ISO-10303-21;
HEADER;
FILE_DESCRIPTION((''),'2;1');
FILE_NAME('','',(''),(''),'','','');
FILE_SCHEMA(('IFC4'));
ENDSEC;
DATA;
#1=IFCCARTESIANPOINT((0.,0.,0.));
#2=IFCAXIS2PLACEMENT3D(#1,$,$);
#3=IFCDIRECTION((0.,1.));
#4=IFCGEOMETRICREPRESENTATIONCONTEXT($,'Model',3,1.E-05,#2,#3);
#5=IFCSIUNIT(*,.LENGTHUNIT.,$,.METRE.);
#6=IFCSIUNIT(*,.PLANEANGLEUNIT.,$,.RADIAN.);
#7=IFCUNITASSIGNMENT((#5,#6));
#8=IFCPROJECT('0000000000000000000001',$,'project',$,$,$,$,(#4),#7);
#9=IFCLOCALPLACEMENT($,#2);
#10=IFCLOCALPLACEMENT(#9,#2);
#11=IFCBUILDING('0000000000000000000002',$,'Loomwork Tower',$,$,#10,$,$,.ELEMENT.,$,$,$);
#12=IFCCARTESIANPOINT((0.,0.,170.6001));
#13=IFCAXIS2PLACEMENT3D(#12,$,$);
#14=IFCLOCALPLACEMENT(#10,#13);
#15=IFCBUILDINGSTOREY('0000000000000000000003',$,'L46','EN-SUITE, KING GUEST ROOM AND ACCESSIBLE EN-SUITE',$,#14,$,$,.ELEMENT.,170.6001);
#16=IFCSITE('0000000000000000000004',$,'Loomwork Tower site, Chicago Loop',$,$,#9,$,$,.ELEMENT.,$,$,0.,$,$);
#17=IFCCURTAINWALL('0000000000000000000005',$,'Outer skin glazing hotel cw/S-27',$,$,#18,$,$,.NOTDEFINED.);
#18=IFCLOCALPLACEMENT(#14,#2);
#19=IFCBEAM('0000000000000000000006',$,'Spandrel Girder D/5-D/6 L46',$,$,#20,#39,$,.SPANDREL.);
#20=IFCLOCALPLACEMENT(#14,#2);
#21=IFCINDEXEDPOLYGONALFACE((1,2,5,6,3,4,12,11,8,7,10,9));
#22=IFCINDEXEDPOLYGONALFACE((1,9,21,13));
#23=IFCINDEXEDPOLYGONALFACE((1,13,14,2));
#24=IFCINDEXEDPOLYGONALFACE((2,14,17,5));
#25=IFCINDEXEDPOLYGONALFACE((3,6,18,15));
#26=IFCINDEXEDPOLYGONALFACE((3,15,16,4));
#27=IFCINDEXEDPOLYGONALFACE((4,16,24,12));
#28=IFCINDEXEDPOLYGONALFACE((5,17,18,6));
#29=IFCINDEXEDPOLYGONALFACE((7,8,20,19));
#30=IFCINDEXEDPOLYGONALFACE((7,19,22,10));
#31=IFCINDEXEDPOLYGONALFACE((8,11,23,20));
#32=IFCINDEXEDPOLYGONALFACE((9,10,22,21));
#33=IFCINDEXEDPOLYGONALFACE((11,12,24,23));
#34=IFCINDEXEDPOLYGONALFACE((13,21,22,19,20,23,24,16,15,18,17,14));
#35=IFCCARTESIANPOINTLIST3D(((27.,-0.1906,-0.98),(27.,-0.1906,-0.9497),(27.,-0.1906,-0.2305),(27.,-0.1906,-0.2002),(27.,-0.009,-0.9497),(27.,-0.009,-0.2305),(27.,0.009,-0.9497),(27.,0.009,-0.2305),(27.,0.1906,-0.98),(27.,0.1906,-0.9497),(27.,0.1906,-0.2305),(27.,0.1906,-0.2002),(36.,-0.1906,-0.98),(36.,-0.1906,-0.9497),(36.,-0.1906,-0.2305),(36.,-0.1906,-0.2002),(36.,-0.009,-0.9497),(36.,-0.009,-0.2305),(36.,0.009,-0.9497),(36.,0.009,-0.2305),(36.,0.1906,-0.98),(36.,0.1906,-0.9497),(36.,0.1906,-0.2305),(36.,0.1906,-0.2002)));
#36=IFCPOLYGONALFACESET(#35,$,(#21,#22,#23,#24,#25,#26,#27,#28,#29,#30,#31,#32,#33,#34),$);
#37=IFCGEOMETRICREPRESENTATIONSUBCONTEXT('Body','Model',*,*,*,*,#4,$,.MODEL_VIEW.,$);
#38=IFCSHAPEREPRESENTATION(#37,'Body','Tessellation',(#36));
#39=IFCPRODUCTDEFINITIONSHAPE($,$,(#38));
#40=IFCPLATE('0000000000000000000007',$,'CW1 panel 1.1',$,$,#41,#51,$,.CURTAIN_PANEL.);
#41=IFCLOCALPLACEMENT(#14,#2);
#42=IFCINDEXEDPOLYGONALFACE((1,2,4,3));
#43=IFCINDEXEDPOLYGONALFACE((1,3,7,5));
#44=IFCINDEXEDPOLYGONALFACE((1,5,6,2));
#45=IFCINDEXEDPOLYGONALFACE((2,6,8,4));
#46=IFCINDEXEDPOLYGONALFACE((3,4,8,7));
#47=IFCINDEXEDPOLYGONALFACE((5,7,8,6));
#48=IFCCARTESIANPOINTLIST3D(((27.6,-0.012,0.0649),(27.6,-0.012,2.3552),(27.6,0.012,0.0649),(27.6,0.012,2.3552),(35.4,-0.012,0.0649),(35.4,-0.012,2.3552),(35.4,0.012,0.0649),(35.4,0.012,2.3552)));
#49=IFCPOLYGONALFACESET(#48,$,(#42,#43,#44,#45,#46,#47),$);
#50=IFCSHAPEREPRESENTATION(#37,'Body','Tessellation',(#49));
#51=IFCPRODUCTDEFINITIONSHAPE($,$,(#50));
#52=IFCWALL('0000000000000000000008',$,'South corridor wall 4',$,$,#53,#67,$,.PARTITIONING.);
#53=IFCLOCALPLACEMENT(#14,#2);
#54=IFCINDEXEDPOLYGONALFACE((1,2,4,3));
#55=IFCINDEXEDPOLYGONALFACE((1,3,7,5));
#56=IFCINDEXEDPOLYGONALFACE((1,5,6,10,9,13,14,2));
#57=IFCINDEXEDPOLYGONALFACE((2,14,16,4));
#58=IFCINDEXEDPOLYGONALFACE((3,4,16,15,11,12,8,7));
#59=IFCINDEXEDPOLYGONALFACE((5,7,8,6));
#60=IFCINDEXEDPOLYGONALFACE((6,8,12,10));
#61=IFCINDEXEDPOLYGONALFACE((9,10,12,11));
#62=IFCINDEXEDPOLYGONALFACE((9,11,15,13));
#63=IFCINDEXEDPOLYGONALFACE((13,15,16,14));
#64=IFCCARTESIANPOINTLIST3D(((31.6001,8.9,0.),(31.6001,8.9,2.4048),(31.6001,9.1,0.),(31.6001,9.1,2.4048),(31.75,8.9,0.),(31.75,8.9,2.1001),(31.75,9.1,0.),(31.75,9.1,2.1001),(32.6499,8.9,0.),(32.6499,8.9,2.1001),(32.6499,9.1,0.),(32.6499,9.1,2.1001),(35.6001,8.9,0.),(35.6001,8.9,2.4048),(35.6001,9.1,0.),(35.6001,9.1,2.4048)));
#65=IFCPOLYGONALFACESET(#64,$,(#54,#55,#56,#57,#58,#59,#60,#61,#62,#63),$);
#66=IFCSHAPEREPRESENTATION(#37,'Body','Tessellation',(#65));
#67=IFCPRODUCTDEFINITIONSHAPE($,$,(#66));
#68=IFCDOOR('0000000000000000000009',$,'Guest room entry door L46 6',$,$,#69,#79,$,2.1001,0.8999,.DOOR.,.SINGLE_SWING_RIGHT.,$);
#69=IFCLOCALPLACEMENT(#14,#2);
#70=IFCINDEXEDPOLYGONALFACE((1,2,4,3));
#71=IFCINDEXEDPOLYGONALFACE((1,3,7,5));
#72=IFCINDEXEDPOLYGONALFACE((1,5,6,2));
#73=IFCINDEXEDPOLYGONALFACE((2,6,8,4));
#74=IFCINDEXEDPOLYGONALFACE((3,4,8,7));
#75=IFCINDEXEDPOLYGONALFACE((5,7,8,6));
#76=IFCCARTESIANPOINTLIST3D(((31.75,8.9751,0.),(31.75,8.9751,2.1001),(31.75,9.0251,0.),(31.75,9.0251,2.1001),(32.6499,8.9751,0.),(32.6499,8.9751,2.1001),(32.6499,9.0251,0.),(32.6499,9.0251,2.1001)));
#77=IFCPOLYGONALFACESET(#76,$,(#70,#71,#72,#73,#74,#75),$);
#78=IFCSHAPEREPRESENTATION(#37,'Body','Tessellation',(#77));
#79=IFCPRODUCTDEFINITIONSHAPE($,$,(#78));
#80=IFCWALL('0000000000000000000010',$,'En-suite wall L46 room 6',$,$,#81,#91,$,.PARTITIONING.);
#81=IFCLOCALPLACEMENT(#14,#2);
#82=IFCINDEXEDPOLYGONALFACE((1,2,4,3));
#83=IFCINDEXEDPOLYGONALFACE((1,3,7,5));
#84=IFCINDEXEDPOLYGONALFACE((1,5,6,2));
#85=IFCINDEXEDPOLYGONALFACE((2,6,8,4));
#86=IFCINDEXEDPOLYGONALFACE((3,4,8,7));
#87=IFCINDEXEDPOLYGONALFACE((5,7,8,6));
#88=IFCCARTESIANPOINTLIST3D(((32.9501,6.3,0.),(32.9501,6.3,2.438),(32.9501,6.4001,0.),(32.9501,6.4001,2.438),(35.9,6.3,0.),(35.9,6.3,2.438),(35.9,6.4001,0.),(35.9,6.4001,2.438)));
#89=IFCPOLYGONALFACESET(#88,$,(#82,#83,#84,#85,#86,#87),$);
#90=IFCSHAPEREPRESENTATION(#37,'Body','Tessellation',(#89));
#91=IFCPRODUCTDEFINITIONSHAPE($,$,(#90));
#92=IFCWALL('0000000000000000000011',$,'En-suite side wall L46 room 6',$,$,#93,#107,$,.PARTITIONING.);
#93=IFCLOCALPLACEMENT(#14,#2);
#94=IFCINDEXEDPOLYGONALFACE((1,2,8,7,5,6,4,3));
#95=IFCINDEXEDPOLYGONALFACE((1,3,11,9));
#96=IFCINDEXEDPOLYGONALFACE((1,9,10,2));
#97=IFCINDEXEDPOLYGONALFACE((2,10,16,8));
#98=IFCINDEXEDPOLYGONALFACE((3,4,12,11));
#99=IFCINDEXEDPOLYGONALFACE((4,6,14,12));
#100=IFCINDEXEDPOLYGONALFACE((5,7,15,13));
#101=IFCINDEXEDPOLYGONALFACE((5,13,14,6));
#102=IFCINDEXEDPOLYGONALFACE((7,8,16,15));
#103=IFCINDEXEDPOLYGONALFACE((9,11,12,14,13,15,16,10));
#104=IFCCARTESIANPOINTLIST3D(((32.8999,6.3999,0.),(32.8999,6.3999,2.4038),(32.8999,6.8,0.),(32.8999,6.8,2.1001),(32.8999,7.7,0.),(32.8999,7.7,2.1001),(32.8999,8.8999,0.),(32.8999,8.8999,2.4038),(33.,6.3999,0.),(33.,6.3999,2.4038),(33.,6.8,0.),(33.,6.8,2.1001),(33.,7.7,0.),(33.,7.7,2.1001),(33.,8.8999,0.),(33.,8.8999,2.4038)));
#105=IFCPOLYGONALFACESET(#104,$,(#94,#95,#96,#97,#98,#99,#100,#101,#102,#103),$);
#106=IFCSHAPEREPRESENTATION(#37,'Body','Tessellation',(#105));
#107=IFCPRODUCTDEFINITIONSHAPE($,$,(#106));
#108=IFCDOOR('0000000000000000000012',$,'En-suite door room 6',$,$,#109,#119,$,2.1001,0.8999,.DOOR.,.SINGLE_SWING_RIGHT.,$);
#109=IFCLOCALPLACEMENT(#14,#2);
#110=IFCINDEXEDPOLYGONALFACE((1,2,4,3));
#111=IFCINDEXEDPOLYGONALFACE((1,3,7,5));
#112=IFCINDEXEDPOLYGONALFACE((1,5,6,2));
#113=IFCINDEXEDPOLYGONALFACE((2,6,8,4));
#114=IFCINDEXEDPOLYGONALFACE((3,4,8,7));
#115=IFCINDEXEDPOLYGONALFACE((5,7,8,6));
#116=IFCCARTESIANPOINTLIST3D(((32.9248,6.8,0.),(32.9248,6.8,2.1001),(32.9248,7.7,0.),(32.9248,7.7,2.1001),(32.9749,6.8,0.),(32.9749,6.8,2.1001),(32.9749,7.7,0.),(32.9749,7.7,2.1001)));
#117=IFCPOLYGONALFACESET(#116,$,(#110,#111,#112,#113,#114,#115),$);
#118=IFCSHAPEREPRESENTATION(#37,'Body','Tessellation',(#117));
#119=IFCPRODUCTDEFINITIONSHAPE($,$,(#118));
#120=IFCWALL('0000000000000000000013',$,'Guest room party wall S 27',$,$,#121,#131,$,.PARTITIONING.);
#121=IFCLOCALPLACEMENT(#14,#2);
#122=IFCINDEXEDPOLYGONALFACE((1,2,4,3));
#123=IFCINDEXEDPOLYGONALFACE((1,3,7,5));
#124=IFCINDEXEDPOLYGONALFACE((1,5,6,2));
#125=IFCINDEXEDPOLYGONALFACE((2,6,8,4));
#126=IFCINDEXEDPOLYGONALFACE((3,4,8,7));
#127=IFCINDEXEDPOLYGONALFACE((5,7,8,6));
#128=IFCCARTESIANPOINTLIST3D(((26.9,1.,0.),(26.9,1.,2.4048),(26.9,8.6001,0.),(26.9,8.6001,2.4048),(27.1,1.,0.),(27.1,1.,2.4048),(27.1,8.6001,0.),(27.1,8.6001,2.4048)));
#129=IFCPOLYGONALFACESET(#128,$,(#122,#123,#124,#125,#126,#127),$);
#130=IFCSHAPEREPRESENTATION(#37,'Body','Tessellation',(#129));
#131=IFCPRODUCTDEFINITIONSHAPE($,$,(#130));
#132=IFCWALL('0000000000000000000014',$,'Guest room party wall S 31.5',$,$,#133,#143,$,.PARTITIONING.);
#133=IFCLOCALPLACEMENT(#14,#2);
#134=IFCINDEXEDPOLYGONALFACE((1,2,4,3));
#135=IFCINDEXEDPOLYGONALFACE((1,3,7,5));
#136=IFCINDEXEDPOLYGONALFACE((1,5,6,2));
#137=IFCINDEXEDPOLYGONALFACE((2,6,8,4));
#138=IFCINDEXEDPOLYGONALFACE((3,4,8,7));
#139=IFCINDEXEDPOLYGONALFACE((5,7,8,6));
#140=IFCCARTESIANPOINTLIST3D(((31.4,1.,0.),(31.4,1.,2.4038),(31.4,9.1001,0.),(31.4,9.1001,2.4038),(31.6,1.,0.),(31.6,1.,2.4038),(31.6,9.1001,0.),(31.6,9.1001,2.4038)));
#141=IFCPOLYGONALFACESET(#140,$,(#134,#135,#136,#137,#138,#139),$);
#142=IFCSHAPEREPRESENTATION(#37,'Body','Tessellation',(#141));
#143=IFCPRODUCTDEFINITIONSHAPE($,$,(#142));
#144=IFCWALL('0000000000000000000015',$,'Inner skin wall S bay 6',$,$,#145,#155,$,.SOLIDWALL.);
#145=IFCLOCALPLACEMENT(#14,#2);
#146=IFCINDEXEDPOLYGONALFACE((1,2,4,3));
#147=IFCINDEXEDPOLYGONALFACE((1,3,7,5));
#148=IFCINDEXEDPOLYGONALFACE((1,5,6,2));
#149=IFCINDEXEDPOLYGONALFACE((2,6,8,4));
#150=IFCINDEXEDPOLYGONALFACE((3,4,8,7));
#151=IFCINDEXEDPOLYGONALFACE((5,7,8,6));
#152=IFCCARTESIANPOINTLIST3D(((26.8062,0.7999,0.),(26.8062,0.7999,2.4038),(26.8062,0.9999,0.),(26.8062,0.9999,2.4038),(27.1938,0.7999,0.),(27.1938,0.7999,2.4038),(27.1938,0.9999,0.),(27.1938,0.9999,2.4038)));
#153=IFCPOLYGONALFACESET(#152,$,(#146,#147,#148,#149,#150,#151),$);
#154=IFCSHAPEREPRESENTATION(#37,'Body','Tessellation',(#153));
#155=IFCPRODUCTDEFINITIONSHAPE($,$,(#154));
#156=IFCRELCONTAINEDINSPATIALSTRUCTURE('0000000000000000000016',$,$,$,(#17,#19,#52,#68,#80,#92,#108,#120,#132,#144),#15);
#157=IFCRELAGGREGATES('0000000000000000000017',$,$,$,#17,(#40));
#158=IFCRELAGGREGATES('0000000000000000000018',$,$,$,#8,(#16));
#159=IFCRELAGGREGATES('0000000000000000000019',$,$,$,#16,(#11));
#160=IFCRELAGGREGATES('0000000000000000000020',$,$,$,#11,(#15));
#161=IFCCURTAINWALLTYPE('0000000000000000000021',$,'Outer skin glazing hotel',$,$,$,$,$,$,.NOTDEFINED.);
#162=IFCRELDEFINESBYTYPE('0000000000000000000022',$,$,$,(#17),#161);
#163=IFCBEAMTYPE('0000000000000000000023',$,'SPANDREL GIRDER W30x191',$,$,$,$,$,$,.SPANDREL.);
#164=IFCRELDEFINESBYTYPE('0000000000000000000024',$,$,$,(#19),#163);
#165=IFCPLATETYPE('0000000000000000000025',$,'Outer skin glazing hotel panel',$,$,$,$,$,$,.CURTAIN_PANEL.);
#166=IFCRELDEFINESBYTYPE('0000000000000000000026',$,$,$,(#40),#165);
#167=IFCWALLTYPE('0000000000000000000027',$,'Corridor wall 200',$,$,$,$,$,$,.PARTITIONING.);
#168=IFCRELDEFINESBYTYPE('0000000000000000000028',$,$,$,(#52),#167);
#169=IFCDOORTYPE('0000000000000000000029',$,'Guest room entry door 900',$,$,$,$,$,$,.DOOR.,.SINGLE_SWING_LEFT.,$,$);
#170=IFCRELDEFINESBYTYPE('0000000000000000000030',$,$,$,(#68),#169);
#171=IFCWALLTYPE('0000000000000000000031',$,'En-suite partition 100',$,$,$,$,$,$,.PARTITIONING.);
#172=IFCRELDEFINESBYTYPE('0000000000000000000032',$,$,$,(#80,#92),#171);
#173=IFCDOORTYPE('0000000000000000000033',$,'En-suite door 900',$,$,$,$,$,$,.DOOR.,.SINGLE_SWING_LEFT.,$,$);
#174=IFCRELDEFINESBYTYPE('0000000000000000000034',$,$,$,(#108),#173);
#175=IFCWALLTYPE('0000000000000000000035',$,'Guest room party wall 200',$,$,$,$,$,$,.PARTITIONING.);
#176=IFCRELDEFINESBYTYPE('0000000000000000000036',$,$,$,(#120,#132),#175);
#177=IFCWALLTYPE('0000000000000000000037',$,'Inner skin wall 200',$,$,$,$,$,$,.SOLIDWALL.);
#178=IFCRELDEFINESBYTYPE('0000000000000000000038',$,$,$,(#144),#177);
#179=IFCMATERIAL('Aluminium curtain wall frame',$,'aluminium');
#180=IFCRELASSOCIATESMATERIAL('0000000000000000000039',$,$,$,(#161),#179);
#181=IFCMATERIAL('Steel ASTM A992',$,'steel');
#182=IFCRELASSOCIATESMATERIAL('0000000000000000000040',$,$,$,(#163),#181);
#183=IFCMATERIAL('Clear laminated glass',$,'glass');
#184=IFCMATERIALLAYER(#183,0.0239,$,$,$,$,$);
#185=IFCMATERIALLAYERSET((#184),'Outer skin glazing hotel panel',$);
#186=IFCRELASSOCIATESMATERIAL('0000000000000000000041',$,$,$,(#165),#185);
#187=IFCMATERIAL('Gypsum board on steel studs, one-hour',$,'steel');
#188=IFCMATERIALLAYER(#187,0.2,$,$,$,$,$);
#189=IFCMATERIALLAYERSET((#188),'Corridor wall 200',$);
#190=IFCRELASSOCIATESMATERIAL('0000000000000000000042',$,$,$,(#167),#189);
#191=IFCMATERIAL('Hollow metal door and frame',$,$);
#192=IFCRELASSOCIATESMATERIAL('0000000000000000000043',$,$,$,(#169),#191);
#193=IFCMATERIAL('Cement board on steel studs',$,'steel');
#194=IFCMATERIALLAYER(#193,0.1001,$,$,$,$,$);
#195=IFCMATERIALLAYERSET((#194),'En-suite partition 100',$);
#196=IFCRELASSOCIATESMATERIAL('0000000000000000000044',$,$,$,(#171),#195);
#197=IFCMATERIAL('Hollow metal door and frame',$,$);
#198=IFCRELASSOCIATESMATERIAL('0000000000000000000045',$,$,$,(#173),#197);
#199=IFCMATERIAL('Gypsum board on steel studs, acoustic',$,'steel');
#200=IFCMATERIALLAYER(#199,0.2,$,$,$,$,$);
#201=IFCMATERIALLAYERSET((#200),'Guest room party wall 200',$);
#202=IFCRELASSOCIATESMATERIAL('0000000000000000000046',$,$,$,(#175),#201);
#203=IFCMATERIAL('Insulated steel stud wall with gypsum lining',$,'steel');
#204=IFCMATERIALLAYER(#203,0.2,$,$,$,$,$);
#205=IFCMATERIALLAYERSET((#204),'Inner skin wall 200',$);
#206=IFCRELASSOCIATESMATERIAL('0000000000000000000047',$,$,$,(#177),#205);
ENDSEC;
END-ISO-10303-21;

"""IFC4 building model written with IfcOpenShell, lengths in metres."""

from ifc_helpers import new_model, si_unit, direction, frame, frame_2d, origin, origin_2d, place, context, subcontext, project, spatial, rectangle, i_section, extrude, material, layer, layer_set, material_profile, profile_set, type_object, element, fill, aggregate, save


model = new_model("IFC4")

# Units and contexts
model_context = context("Model", 3, precision=1e-05, world=origin(), true_north=direction((0.0, 1.0)))
body_context = subcontext(model_context, "Body", "Model", "MODEL_VIEW")
ifc_project = project(units=[si_unit("LENGTHUNIT", "METRE"), si_unit("PLANEANGLEUNIT", "RADIAN")], contexts=[model_context])

# Site, building, storey
site_placement = place(None, origin())
site = spatial("IfcSite", under=ifc_project, at=site_placement, Name="Loomwork Tower site, Chicago Loop", CompositionType="ELEMENT", RefElevation=0.0)
building_placement = place(site_placement, origin())
building = spatial("IfcBuilding", under=site, at=building_placement, Name="Loomwork Tower", CompositionType="ELEMENT")
storey_placement = place(building_placement, frame((0.0, 0.0, 170.6001)))
storey = spatial("IfcBuildingStorey", under=building, at=storey_placement, Name="L46", Description="EN-SUITE, KING GUEST ROOM AND ACCESSIBLE EN-SUITE", CompositionType="ELEMENT", Elevation=170.6001)

# Shared definitions
ifc_material_1 = material(Name="Aluminium curtain wall frame", Category="aluminium")
curtain_wall_type = type_object("IfcCurtainWallType", Name="Outer skin glazing hotel", PredefinedType="NOTDEFINED", material=ifc_material_1)

# Curtain wall
curtain_wall_1_placement = place(storey_placement, origin())
curtain_wall_1 = element("IfcCurtainWall", 1, at=curtain_wall_1_placement, inside=storey, type_object=curtain_wall_type, Name="Outer skin glazing hotel cw/S-27", PredefinedType="NOTDEFINED")

# Beam
ifc_material_2 = material(Name="Steel ASTM A992", Category="steel")
ifc_material_profile_1 = material_profile(ifc_material_2, i_section(OverallWidth=0.3811, OverallDepth=0.7798, WebThickness=0.0181, FlangeThickness=0.0303, at=origin_2d()), Name="W30x191")
ifc_profile_set_1 = profile_set([ifc_material_profile_1], Name="Steel ASTM A992")
beam_type_1 = type_object("IfcBeamType", Name="SPANDREL GIRDER W30x191", PredefinedType="SPANDREL", material=ifc_profile_set_1)
beam_1_placement = place(storey_placement, frame((27.0, 0.0, -0.5901), z_axis=(1.0, 0.0, 0.0), x_axis=(0.0, 1.0, 0.0)))
element("IfcBeam", 2, at=beam_1_placement, inside=storey, type_object=beam_type_1, Name="Spandrel Girder D/5-D/6 L46", PredefinedType="SPANDREL", context=body_context, shape_type="SweptSolid", body=[
    extrude(i_section(OverallWidth=0.3811, OverallDepth=0.7798, WebThickness=0.0181, FlangeThickness=0.0303, at=origin_2d()), origin(), (0.0, 0.0, 1.0), 9.0),
])

# Plate
ifc_material_3 = material(Name="Clear laminated glass", Category="glass")
ifc_layer_1 = layer(ifc_material_3, 0.0239)
ifc_layer_set_1 = layer_set([ifc_layer_1], Name="Outer skin glazing hotel panel")
plate_type = type_object("IfcPlateType", Name="Outer skin glazing hotel panel", PredefinedType="CURTAIN_PANEL", material=ifc_layer_set_1)
plate_placement = place(storey_placement, frame((31.5, 0.0, 0.0649), z_axis=(0.0, 0.0, 1.0), x_axis=(1.0, 0.0, 0.0)))
plate = element("IfcPlate", 3, at=plate_placement, type_object=plate_type, Name="CW1 panel 1.1", PredefinedType="CURTAIN_PANEL", context=body_context, shape_type="SweptSolid", body=[
    extrude(rectangle(XDim=7.8, YDim=0.0239, at=origin_2d()), origin(), (0.0, 0.0, 1.0), 2.2903),
])
aggregate(curtain_wall_1, [plate])

# Wall, opening, door
ifc_material_4 = material(Name="Gypsum board on steel studs, one-hour", Category="steel")
ifc_layer_2 = layer(ifc_material_4, 0.2)
ifc_layer_set_2 = layer_set([ifc_layer_2], Name="Corridor wall 200")
wall_type_1 = type_object("IfcWallType", Name="Corridor wall 200", PredefinedType="PARTITIONING", material=ifc_layer_set_2)
wall_1_placement = place(storey_placement, frame((31.6001, 9.0, 0.0), z_axis=(0.0, 0.0, 1.0), x_axis=(1.0, 0.0, 0.0)))
wall_1 = element("IfcWall", 4, at=wall_1_placement, inside=storey, type_object=wall_type_1, Name="South corridor wall 4", PredefinedType="PARTITIONING", context=body_context, shape_type="SweptSolid", body=[
    extrude(rectangle(XDim=4.0, YDim=0.2, at=frame_2d((2.0, 0.0))), origin(), (0.0, 0.0, 1.0), 2.4048),
])
opening_1_placement = place(wall_1_placement, frame((0.1499, 0.0, 0.0)))
opening_1 = element("IfcOpeningElement", 5, at=opening_1_placement, cuts=wall_1, PredefinedType="OPENING", context=body_context, shape_type="SweptSolid", body=[
    extrude(rectangle(XDim=0.8999, YDim=2.1001, at=frame_2d((0.45, 1.05))), frame((0.0, 0.1099, 0.0), z_axis=(0.0, -1.0, 0.0), x_axis=(1.0, 0.0, 0.0)), (0.0, 0.0, 1.0), 0.22),
])
ifc_material_5 = material(Name="Hollow metal door and frame")
door_type_1 = type_object("IfcDoorType", Name="Guest room entry door 900", OperationType="SINGLE_SWING_LEFT", PredefinedType="DOOR", material=ifc_material_5)
door_1_placement = place(opening_1_placement, frame((0.8999, 0.0, 0.0), z_axis=(0.0, 0.0, 1.0), x_axis=(-1.0, 0.0, 0.0)))
door_1 = element("IfcDoor", 6, at=door_1_placement, inside=storey, type_object=door_type_1, Name="Guest room entry door L46 6", OperationType="SINGLE_SWING_RIGHT", OverallHeight=2.1001, OverallWidth=0.8999, PredefinedType="DOOR", context=body_context, shape_type="SweptSolid", body=[
    extrude(rectangle(XDim=0.8999, YDim=2.1001, at=frame_2d((0.45, 1.05))), frame((0.0, 0.0249, 0.0), z_axis=(0.0, -1.0, 0.0), x_axis=(1.0, 0.0, 0.0)), (0.0, 0.0, 1.0), 0.05),
])
fill(opening_1, door_1)

# Wall
ifc_material_6 = material(Name="Cement board on steel studs", Category="steel")
ifc_layer_3 = layer(ifc_material_6, 0.1001)
ifc_layer_set_3 = layer_set([ifc_layer_3], Name="En-suite partition 100")
wall_type_2 = type_object("IfcWallType", Name="En-suite partition 100", PredefinedType="PARTITIONING", material=ifc_layer_set_3)
wall_2_placement = place(storey_placement, frame((32.95, 6.3501, 0.0), z_axis=(0.0, 0.0, 1.0), x_axis=(1.0, 0.0, 0.0)))
element("IfcWall", 7, at=wall_2_placement, inside=storey, type_object=wall_type_2, Name="En-suite wall L46 room 6", PredefinedType="PARTITIONING", context=body_context, shape_type="SweptSolid", body=[
    extrude(rectangle(XDim=2.95, YDim=0.1001, at=frame_2d((1.4751, 0.0))), origin(), (0.0, 0.0, 1.0), 2.438),
])

# Wall, opening, door
wall_3_placement = place(storey_placement, frame((32.95, 8.8999, 0.0), z_axis=(0.0, 0.0, 1.0), x_axis=(0.0, -1.0, 0.0)))
wall_3 = element("IfcWall", 8, at=wall_3_placement, inside=storey, type_object=wall_type_2, Name="En-suite side wall L46 room 6", PredefinedType="PARTITIONING", context=body_context, shape_type="SweptSolid", body=[
    extrude(rectangle(XDim=2.5, YDim=0.1001, at=frame_2d((1.25, 0.0))), origin(), (0.0, 0.0, 1.0), 2.4038),
])
opening_2_placement = place(wall_3_placement, frame((1.2, 0.0, 0.0)))
opening_2 = element("IfcOpeningElement", 9, at=opening_2_placement, cuts=wall_3, PredefinedType="OPENING", context=body_context, shape_type="SweptSolid", body=[
    extrude(rectangle(XDim=0.8999, YDim=2.1001, at=frame_2d((0.45, 1.05))), frame((0.0, 0.0601, 0.0), z_axis=(0.0, -1.0, 0.0), x_axis=(1.0, 0.0, 0.0)), (0.0, 0.0, 1.0), 0.1201),
])
ifc_material_7 = material(Name="Hollow metal door and frame")
door_type_2 = type_object("IfcDoorType", Name="En-suite door 900", OperationType="SINGLE_SWING_LEFT", PredefinedType="DOOR", material=ifc_material_7)
door_2_placement = place(opening_2_placement, origin())
door_2 = element("IfcDoor", 10, at=door_2_placement, inside=storey, type_object=door_type_2, Name="En-suite door room 6", OperationType="SINGLE_SWING_RIGHT", OverallHeight=2.1001, OverallWidth=0.8999, PredefinedType="DOOR", context=body_context, shape_type="SweptSolid", body=[
    extrude(rectangle(XDim=0.8999, YDim=2.1001, at=frame_2d((0.45, 1.05))), frame((0.0, 0.0249, 0.0), z_axis=(0.0, -1.0, 0.0), x_axis=(1.0, 0.0, 0.0)), (0.0, 0.0, 1.0), 0.05),
])
fill(opening_2, door_2)

# Walls
ifc_material_8 = material(Name="Gypsum board on steel studs, acoustic", Category="steel")
ifc_layer_4 = layer(ifc_material_8, 0.2)
ifc_layer_set_4 = layer_set([ifc_layer_4], Name="Guest room party wall 200")
wall_type_3 = type_object("IfcWallType", Name="Guest room party wall 200", PredefinedType="PARTITIONING", material=ifc_layer_set_4)
wall_4_placement = place(storey_placement, frame((27.0, 8.6001, 0.0), z_axis=(0.0, 0.0, 1.0), x_axis=(0.0, -1.0, 0.0)))
element("IfcWall", 11, at=wall_4_placement, inside=storey, type_object=wall_type_3, Name="Guest room party wall S 27", PredefinedType="PARTITIONING", context=body_context, shape_type="SweptSolid", body=[
    extrude(rectangle(XDim=7.6001, YDim=0.2, at=frame_2d((3.8, 0.0))), origin(), (0.0, 0.0, 1.0), 2.4048),
])
wall_5_placement = place(storey_placement, frame((31.5, 9.1001, 0.0), z_axis=(0.0, 0.0, 1.0), x_axis=(0.0, -1.0, 0.0)))
element("IfcWall", 12, at=wall_5_placement, inside=storey, type_object=wall_type_3, Name="Guest room party wall S 31.5", PredefinedType="PARTITIONING", context=body_context, shape_type="SweptSolid", body=[
    extrude(rectangle(XDim=8.1001, YDim=0.2, at=frame_2d((4.05, 0.0))), origin(), (0.0, 0.0, 1.0), 2.4038),
])
ifc_material_9 = material(Name="Insulated steel stud wall with gypsum lining", Category="steel")
ifc_layer_5 = layer(ifc_material_9, 0.2)
ifc_layer_set_5 = layer_set([ifc_layer_5], Name="Inner skin wall 200")
wall_type_4 = type_object("IfcWallType", Name="Inner skin wall 200", PredefinedType="SOLIDWALL", material=ifc_layer_set_5)
wall_6_placement = place(storey_placement, frame((26.8062, 0.8999, 0.0), z_axis=(0.0, 0.0, 1.0), x_axis=(1.0, 0.0, 0.0)))
element("IfcWall", 13, at=wall_6_placement, inside=storey, type_object=wall_type_4, Name="Inner skin wall S bay 6", PredefinedType="SOLIDWALL", context=body_context, shape_type="SweptSolid", body=[
    extrude(rectangle(XDim=0.3877, YDim=0.2, at=frame_2d((0.1938, 0.0))), origin(), (0.0, 0.0, 1.0), 2.4038),
])

save(model, "model.ifc")
